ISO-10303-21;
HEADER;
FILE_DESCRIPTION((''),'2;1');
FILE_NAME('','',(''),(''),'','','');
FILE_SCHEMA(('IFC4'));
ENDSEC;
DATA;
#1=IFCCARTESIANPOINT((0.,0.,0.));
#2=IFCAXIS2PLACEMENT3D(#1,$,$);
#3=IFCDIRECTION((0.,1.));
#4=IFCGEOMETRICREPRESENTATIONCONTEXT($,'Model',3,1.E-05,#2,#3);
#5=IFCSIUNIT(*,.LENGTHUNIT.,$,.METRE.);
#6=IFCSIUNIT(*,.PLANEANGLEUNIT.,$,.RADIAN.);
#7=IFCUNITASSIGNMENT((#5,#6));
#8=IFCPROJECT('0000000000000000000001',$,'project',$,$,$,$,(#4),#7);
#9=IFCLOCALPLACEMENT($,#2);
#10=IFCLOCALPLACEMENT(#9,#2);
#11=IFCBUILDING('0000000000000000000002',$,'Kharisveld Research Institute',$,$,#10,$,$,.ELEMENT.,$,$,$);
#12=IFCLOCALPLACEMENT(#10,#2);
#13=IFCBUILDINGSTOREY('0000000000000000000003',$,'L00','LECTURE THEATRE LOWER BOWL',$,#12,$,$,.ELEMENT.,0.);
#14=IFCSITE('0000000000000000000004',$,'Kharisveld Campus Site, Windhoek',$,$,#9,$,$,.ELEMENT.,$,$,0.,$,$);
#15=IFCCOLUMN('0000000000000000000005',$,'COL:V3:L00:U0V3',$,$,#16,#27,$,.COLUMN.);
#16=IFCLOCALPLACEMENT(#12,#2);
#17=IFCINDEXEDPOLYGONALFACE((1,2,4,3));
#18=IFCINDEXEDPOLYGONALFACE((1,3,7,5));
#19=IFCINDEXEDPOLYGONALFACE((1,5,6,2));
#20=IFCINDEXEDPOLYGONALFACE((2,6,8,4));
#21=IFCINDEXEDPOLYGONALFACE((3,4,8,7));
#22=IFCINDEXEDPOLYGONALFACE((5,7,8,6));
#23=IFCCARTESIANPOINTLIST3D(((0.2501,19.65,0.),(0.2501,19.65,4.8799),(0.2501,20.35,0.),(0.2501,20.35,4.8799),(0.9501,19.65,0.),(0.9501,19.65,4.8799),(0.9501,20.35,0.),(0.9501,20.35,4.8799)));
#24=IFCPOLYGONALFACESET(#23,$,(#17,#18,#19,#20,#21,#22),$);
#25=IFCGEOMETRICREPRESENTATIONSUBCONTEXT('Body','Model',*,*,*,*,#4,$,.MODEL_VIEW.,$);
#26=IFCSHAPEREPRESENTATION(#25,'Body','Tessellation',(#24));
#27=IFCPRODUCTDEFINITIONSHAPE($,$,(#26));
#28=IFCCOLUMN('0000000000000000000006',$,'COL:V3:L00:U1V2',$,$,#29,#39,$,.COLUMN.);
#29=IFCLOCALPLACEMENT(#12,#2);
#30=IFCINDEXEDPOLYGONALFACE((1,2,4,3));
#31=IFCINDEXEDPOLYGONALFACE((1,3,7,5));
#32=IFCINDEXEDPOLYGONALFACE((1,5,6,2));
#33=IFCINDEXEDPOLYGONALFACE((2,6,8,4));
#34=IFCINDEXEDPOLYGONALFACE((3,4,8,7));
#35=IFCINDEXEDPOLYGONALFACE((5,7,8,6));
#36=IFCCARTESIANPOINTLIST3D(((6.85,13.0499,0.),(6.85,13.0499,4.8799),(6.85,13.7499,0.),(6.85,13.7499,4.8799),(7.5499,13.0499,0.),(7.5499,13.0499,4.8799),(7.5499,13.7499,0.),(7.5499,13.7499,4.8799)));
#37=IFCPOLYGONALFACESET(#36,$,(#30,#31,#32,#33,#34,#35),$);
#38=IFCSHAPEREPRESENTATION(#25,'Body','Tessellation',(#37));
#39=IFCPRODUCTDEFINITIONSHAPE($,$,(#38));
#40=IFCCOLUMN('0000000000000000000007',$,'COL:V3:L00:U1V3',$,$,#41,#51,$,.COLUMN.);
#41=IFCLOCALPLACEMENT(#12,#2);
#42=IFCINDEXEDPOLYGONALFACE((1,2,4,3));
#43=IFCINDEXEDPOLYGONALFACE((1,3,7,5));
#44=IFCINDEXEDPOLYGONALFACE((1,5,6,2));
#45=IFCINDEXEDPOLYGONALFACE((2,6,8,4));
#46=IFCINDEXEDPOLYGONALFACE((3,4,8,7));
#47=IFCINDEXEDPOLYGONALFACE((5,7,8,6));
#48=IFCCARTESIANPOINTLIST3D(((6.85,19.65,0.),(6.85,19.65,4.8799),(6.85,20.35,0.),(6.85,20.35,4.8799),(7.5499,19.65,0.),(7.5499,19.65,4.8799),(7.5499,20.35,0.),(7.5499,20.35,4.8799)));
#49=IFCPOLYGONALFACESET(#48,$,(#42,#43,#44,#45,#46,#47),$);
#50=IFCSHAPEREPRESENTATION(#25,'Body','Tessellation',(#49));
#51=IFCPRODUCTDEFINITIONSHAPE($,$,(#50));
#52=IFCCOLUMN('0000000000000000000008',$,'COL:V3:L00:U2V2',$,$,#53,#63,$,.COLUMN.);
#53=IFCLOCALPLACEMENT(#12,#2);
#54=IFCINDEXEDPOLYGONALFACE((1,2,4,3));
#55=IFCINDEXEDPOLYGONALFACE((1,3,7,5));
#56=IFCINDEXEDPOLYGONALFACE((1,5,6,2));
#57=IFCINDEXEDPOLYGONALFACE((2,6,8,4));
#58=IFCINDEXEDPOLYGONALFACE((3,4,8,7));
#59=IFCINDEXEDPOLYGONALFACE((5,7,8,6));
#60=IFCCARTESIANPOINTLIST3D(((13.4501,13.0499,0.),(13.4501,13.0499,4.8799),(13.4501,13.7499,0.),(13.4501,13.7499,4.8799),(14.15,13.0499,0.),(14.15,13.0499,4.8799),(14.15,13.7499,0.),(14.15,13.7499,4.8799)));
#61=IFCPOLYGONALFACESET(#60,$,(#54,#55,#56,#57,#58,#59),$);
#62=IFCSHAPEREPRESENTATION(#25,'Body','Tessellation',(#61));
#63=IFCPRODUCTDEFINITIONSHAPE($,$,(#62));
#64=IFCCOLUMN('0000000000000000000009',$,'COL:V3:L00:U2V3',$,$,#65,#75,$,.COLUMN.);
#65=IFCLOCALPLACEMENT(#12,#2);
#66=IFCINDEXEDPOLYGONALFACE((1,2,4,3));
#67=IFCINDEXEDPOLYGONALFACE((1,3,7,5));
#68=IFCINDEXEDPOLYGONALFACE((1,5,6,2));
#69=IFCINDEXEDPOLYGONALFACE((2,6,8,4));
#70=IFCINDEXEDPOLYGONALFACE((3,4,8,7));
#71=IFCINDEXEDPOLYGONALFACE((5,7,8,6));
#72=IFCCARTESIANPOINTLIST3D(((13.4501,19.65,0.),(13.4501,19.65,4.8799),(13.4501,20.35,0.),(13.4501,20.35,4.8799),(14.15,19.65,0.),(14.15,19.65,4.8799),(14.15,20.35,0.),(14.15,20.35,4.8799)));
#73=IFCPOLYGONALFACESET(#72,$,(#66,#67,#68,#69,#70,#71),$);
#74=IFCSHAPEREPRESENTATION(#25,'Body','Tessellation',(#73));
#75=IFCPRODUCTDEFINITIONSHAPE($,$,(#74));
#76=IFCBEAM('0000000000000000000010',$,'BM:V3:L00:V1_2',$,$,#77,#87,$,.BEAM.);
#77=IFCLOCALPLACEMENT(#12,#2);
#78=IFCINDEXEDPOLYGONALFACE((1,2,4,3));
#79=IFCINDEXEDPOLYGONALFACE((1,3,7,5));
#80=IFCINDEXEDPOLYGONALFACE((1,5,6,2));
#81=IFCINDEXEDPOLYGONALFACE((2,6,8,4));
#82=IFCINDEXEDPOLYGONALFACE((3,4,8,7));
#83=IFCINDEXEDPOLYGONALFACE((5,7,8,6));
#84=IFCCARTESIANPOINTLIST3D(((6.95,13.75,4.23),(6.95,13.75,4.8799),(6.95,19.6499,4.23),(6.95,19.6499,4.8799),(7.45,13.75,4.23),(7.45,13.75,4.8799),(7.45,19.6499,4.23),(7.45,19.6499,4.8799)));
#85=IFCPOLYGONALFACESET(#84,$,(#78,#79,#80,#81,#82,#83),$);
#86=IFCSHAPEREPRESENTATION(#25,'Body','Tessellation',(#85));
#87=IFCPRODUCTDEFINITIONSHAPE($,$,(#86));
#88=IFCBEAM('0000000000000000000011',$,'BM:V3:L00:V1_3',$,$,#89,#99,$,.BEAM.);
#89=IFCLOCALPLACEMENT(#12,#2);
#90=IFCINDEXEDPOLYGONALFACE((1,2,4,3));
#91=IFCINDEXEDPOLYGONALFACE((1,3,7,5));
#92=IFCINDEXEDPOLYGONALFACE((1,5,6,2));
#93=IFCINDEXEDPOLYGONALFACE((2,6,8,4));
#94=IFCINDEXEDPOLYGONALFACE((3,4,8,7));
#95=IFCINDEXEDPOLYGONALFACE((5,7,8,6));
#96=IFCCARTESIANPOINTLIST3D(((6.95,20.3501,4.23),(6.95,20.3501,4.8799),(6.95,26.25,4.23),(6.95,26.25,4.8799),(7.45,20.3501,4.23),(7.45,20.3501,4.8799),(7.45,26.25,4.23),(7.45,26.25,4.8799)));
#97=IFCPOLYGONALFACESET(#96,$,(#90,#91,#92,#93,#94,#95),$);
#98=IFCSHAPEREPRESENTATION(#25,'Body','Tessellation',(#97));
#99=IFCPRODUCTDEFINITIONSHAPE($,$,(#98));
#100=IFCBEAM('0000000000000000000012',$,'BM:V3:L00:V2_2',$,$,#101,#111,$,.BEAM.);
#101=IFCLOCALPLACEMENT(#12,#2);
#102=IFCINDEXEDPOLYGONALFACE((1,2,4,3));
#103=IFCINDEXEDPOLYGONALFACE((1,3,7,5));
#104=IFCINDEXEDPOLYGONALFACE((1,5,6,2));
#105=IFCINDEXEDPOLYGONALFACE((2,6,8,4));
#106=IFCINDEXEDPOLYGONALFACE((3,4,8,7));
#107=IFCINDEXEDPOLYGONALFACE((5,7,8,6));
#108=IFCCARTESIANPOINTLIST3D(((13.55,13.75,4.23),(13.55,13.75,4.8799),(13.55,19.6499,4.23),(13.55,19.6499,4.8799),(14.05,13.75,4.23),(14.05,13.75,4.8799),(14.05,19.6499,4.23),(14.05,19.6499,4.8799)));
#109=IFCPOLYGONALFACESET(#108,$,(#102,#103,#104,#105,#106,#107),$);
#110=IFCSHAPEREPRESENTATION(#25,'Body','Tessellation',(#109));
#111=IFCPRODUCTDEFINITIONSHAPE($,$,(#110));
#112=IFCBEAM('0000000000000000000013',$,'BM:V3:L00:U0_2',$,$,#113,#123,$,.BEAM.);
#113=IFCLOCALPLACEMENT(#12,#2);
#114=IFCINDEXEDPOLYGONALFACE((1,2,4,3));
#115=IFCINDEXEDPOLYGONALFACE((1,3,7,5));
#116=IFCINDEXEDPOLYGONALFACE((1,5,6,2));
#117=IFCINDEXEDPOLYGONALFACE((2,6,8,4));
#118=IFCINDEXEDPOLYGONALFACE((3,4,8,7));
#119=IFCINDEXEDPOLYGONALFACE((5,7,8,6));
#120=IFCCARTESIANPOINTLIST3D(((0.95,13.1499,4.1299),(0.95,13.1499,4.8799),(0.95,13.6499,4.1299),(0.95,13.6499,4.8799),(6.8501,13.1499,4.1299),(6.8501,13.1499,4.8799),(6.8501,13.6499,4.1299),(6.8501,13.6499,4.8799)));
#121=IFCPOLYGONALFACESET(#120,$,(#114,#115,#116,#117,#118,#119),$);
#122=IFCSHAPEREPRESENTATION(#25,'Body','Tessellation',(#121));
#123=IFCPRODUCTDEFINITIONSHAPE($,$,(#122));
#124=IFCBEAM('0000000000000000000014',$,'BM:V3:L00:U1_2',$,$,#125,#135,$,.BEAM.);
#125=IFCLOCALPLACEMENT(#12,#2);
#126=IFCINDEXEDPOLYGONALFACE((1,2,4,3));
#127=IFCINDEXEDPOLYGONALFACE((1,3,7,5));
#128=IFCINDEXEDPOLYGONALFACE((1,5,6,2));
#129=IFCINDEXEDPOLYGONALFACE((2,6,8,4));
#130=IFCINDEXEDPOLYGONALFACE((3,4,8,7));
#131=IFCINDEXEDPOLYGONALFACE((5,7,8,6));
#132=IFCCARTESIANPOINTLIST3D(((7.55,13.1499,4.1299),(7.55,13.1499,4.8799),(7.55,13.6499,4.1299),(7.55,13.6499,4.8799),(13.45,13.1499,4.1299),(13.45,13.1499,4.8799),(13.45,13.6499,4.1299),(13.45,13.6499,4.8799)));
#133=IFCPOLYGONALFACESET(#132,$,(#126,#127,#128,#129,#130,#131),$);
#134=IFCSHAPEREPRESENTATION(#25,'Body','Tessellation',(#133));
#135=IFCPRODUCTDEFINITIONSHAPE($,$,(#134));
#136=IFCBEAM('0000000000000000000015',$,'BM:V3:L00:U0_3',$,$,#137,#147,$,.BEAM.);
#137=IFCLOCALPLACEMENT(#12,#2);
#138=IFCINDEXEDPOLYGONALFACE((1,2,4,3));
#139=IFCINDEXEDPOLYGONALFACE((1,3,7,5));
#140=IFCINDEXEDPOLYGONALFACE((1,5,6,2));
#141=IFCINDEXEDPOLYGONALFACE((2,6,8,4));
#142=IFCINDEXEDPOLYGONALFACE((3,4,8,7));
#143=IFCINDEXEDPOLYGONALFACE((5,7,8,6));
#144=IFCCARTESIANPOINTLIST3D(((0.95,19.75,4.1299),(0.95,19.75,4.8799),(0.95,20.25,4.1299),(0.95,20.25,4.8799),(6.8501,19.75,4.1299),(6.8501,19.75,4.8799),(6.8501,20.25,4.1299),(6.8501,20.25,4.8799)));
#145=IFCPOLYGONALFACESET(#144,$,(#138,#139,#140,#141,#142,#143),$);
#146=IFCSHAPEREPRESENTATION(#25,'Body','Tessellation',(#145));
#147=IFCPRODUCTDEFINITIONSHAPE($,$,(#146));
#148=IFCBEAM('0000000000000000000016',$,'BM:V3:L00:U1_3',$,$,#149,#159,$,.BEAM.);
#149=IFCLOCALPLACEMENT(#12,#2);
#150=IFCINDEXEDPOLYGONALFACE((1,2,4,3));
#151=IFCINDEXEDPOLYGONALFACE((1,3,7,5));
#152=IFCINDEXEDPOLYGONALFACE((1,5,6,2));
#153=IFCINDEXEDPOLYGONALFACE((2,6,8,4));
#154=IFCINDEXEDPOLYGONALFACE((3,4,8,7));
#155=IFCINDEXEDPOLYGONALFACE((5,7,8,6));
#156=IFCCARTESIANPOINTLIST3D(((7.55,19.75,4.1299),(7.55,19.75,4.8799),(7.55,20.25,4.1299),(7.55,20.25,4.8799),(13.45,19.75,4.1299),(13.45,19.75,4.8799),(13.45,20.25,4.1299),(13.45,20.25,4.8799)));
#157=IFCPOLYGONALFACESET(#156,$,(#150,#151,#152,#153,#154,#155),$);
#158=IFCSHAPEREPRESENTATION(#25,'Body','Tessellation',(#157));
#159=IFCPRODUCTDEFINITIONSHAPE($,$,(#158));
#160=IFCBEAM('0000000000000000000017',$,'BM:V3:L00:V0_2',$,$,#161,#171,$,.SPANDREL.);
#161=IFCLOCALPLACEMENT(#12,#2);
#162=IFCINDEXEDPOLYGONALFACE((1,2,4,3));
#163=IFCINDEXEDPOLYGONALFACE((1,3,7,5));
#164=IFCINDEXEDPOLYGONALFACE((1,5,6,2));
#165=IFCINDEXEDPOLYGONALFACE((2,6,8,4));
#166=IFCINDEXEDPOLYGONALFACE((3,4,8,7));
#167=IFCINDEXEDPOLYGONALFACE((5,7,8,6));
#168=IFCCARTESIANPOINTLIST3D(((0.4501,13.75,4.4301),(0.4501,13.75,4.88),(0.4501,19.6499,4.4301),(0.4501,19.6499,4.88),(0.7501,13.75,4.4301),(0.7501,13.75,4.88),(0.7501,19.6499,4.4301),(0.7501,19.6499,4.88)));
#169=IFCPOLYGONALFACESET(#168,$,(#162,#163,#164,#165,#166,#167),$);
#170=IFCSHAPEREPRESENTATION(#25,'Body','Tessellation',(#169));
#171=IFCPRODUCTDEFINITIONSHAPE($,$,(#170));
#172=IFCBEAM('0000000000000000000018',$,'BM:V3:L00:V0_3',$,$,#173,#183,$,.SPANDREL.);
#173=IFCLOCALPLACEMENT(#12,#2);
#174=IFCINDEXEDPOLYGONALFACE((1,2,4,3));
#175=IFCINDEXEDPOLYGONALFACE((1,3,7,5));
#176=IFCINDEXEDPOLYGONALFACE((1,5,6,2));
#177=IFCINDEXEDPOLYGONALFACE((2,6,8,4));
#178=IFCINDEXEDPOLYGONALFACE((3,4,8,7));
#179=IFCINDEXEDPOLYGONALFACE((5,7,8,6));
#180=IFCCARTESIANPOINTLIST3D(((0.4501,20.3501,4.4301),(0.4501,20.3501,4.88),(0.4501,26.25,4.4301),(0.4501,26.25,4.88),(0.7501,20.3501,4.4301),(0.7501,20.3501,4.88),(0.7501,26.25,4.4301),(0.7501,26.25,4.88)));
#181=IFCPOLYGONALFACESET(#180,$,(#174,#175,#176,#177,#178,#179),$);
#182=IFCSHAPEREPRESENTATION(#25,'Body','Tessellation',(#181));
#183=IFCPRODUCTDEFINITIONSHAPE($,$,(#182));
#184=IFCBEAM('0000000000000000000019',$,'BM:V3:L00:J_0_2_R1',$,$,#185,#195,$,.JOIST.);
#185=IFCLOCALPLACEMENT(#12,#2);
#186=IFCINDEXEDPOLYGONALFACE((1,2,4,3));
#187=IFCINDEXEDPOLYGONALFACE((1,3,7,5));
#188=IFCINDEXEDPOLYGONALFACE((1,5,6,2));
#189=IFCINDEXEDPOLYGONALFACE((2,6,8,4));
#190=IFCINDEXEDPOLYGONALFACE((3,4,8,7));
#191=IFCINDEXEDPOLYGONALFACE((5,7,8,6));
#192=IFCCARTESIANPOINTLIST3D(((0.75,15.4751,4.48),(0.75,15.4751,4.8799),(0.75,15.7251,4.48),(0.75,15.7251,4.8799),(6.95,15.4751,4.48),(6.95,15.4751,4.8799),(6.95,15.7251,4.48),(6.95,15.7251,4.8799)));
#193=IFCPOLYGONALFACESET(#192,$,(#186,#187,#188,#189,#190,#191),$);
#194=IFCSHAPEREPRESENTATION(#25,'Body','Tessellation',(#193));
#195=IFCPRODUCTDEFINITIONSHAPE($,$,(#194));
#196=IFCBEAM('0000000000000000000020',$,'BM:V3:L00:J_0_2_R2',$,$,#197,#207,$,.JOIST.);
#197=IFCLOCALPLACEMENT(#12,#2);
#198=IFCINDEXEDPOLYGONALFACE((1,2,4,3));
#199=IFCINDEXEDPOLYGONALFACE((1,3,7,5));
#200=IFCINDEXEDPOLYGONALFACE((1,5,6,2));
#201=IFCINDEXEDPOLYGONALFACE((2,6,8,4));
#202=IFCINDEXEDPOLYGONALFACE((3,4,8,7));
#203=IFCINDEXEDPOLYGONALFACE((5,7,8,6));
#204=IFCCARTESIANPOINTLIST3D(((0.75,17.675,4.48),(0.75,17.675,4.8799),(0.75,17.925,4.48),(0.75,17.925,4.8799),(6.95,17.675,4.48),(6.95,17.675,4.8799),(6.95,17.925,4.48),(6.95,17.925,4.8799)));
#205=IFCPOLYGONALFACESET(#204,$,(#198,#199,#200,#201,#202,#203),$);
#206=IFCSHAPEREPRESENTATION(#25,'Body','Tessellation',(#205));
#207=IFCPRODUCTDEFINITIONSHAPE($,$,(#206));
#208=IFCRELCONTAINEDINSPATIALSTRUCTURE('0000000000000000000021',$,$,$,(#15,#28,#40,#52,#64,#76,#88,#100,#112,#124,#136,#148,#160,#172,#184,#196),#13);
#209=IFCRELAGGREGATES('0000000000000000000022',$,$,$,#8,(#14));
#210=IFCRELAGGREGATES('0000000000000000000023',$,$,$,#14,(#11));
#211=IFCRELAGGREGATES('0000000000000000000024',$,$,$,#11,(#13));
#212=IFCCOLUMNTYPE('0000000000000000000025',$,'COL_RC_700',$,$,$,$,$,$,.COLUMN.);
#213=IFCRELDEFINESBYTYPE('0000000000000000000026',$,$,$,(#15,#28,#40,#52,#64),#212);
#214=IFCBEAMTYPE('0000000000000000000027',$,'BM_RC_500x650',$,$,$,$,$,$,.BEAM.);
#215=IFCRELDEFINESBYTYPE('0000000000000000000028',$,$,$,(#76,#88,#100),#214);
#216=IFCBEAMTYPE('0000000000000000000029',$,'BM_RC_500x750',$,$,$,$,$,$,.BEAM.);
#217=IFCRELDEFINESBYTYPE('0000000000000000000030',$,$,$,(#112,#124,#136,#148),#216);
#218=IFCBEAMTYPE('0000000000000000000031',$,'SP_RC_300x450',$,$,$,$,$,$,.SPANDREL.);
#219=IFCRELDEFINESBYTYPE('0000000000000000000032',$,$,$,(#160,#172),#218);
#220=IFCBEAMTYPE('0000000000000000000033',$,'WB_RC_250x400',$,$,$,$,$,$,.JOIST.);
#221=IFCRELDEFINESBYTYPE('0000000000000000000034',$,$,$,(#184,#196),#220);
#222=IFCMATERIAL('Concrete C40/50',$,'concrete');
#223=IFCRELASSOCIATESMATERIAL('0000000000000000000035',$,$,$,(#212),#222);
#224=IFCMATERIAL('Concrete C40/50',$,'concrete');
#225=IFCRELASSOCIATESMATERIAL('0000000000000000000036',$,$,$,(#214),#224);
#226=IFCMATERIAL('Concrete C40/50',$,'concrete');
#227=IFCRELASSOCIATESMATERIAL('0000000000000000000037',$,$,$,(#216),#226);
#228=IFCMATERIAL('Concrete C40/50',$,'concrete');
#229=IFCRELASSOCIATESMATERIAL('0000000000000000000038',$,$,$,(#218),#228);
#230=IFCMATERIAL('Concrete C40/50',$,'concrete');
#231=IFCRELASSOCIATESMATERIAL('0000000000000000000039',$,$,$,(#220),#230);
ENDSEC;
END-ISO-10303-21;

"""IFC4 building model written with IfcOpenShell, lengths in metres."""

from ifc_helpers import new_model, si_unit, direction, frame, origin, origin_2d, place, context, subcontext, project, spatial, rectangle, extrude, material, material_profile, profile_set, type_object, element, save


model = new_model("IFC4")

# Units and contexts
model_context = context("Model", 3, precision=1e-05, world=origin(), true_north=direction((0.0, 1.0)))
body_context = subcontext(model_context, "Body", "Model", "MODEL_VIEW")
ifc_project = project(units=[si_unit("LENGTHUNIT", "METRE"), si_unit("PLANEANGLEUNIT", "RADIAN")], contexts=[model_context])

# Site, building, storey
site_placement = place(None, origin())
site = spatial("IfcSite", under=ifc_project, at=site_placement, Name="Kharisveld Campus Site, Windhoek", CompositionType="ELEMENT", RefElevation=0.0)
building_placement = place(site_placement, origin())
building = spatial("IfcBuilding", under=site, at=building_placement, Name="Kharisveld Research Institute", CompositionType="ELEMENT")
storey_placement = place(building_placement, origin())
storey = spatial("IfcBuildingStorey", under=building, at=storey_placement, Name="L00", Description="LECTURE THEATRE LOWER BOWL", CompositionType="ELEMENT", Elevation=0.0)

# Columns
ifc_material_1 = material(Name="Concrete C40/50", Category="concrete")
ifc_material_profile_1 = material_profile(ifc_material_1, rectangle(XDim=0.7, YDim=0.7, at=origin_2d()))
ifc_profile_set_1 = profile_set([ifc_material_profile_1], Name="Concrete C40/50")
column_type = type_object("IfcColumnType", Name="COL_RC_700", PredefinedType="COLUMN", material=ifc_profile_set_1)
for number, where, z_axis, x_axis, name in (
    (1, (0.6001, 20.0, 0.0), (0.0, 0.0, 1.0), (1.0, 0.0, 0.0), "COL:V3:L00:U0V3"),
    (2, (7.2, 13.3999, 0.0), (0.0, 0.0, 1.0), (1.0, 0.0, 0.0), "COL:V3:L00:U1V2"),
    (3, (7.2, 20.0, 0.0), (0.0, 0.0, 1.0), (1.0, 0.0, 0.0), "COL:V3:L00:U1V3"),
    (4, (13.8, 13.3999, 0.0), (0.0, 0.0, 1.0), (1.0, 0.0, 0.0), "COL:V3:L00:U2V2"),
    (5, (13.8, 20.0, 0.0), (0.0, 0.0, 1.0), (1.0, 0.0, 0.0), "COL:V3:L00:U2V3"),
):
    element("IfcColumn", number, at=place(storey_placement, frame(where, z_axis=z_axis, x_axis=x_axis)), inside=storey, type_object=column_type, Name=name, PredefinedType="COLUMN", context=body_context, shape_type="SweptSolid", body=[
        extrude(rectangle(XDim=0.7, YDim=0.7, at=origin_2d()), origin(), (0.0, 0.0, 1.0), 4.8799),
    ])

# Beams
ifc_material_2 = material(Name="Concrete C40/50", Category="concrete")
ifc_material_profile_2 = material_profile(ifc_material_2, rectangle(XDim=0.5, YDim=0.6499, at=origin_2d()))
ifc_profile_set_2 = profile_set([ifc_material_profile_2], Name="Concrete C40/50")
beam_type_1 = type_object("IfcBeamType", Name="BM_RC_500x650", PredefinedType="BEAM", material=ifc_profile_set_2)
for number, where, z_axis, x_axis, name in (
    (6, (7.2, 13.75, 4.5549), (0.0, 1.0, 0.0), (-1.0, 0.0, 0.0), "BM:V3:L00:V1_2"),
    (7, (7.2, 20.3501, 4.5549), (0.0, 1.0, 0.0), (-1.0, 0.0, 0.0), "BM:V3:L00:V1_3"),
    (8, (13.8, 13.75, 4.5549), (0.0, 1.0, 0.0), (-1.0, 0.0, 0.0), "BM:V3:L00:V2_2"),
):
    element("IfcBeam", number, at=place(storey_placement, frame(where, z_axis=z_axis, x_axis=x_axis)), inside=storey, type_object=beam_type_1, Name=name, PredefinedType="BEAM", context=body_context, shape_type="SweptSolid", body=[
        extrude(rectangle(XDim=0.5, YDim=0.6499, at=origin_2d()), origin(), (0.0, 0.0, 1.0), 5.8999),
    ])
ifc_material_3 = material(Name="Concrete C40/50", Category="concrete")
ifc_material_profile_3 = material_profile(ifc_material_3, rectangle(XDim=0.5, YDim=0.75, at=origin_2d()))
ifc_profile_set_3 = profile_set([ifc_material_profile_3], Name="Concrete C40/50")
beam_type_2 = type_object("IfcBeamType", Name="BM_RC_500x750", PredefinedType="BEAM", material=ifc_profile_set_3)
beam_1_placement = place(storey_placement, frame((0.95, 13.3999, 4.5049), z_axis=(1.0, 0.0, 0.0), x_axis=(0.0, 1.0, 0.0)))
element("IfcBeam", 9, at=beam_1_placement, inside=storey, type_object=beam_type_2, Name="BM:V3:L00:U0_2", PredefinedType="BEAM", context=body_context, shape_type="SweptSolid", body=[
    extrude(rectangle(XDim=0.5, YDim=0.75, at=origin_2d()), origin(), (0.0, 0.0, 1.0), 5.9001),
])
beam_2_placement = place(storey_placement, frame((7.55, 13.3999, 4.5049), z_axis=(1.0, 0.0, 0.0), x_axis=(0.0, 1.0, 0.0)))
element("IfcBeam", 10, at=beam_2_placement, inside=storey, type_object=beam_type_2, Name="BM:V3:L00:U1_2", PredefinedType="BEAM", context=body_context, shape_type="SweptSolid", body=[
    extrude(rectangle(XDim=0.5, YDim=0.75, at=origin_2d()), origin(), (0.0, 0.0, 1.0), 5.8999),
])
beam_3_placement = place(storey_placement, frame((0.95, 20.0, 4.5049), z_axis=(1.0, 0.0, 0.0), x_axis=(0.0, 1.0, 0.0)))
element("IfcBeam", 11, at=beam_3_placement, inside=storey, type_object=beam_type_2, Name="BM:V3:L00:U0_3", PredefinedType="BEAM", context=body_context, shape_type="SweptSolid", body=[
    extrude(rectangle(XDim=0.5, YDim=0.75, at=origin_2d()), origin(), (0.0, 0.0, 1.0), 5.9001),
])
beam_4_placement = place(storey_placement, frame((7.55, 20.0, 4.5049), z_axis=(1.0, 0.0, 0.0), x_axis=(0.0, 1.0, 0.0)))
element("IfcBeam", 12, at=beam_4_placement, inside=storey, type_object=beam_type_2, Name="BM:V3:L00:U1_3", PredefinedType="BEAM", context=body_context, shape_type="SweptSolid", body=[
    extrude(rectangle(XDim=0.5, YDim=0.75, at=origin_2d()), origin(), (0.0, 0.0, 1.0), 5.8999),
])
ifc_material_4 = material(Name="Concrete C40/50", Category="concrete")
ifc_material_profile_4 = material_profile(ifc_material_4, rectangle(XDim=0.3, YDim=0.45, at=origin_2d()))
ifc_profile_set_4 = profile_set([ifc_material_profile_4], Name="Concrete C40/50")
beam_type_3 = type_object("IfcBeamType", Name="SP_RC_300x450", PredefinedType="SPANDREL", material=ifc_profile_set_4)
for number, where, z_axis, x_axis, name in (
    (13, (0.6001, 13.75, 4.655), (0.0, 1.0, 0.0), (-1.0, 0.0, 0.0), "BM:V3:L00:V0_2"),
    (14, (0.6001, 20.3501, 4.655), (0.0, 1.0, 0.0), (-1.0, 0.0, 0.0), "BM:V3:L00:V0_3"),
):
    element("IfcBeam", number, at=place(storey_placement, frame(where, z_axis=z_axis, x_axis=x_axis)), inside=storey, type_object=beam_type_3, Name=name, PredefinedType="SPANDREL", context=body_context, shape_type="SweptSolid", body=[
        extrude(rectangle(XDim=0.3, YDim=0.45, at=origin_2d()), origin(), (0.0, 0.0, 1.0), 5.8999),
    ])
ifc_material_5 = material(Name="Concrete C40/50", Category="concrete")
ifc_material_profile_5 = material_profile(ifc_material_5, rectangle(XDim=0.25, YDim=0.3999, at=origin_2d()))
ifc_profile_set_5 = profile_set([ifc_material_profile_5], Name="Concrete C40/50")
beam_type_4 = type_object("IfcBeamType", Name="WB_RC_250x400", PredefinedType="JOIST", material=ifc_profile_set_5)
for number, where, z_axis, x_axis, name in (
    (15, (0.75, 15.6001, 4.6799), (1.0, 0.0, 0.0), (0.0, 1.0, 0.0), "BM:V3:L00:J_0_2_R1"),
    (16, (0.75, 17.8, 4.6799), (1.0, 0.0, 0.0), (0.0, 1.0, 0.0), "BM:V3:L00:J_0_2_R2"),
):
    element("IfcBeam", number, at=place(storey_placement, frame(where, z_axis=z_axis, x_axis=x_axis)), inside=storey, type_object=beam_type_4, Name=name, PredefinedType="JOIST", context=body_context, shape_type="SweptSolid", body=[
        extrude(rectangle(XDim=0.25, YDim=0.3999, at=origin_2d()), origin(), (0.0, 0.0, 1.0), 6.2),
    ])

save(model, "model.ifc")
